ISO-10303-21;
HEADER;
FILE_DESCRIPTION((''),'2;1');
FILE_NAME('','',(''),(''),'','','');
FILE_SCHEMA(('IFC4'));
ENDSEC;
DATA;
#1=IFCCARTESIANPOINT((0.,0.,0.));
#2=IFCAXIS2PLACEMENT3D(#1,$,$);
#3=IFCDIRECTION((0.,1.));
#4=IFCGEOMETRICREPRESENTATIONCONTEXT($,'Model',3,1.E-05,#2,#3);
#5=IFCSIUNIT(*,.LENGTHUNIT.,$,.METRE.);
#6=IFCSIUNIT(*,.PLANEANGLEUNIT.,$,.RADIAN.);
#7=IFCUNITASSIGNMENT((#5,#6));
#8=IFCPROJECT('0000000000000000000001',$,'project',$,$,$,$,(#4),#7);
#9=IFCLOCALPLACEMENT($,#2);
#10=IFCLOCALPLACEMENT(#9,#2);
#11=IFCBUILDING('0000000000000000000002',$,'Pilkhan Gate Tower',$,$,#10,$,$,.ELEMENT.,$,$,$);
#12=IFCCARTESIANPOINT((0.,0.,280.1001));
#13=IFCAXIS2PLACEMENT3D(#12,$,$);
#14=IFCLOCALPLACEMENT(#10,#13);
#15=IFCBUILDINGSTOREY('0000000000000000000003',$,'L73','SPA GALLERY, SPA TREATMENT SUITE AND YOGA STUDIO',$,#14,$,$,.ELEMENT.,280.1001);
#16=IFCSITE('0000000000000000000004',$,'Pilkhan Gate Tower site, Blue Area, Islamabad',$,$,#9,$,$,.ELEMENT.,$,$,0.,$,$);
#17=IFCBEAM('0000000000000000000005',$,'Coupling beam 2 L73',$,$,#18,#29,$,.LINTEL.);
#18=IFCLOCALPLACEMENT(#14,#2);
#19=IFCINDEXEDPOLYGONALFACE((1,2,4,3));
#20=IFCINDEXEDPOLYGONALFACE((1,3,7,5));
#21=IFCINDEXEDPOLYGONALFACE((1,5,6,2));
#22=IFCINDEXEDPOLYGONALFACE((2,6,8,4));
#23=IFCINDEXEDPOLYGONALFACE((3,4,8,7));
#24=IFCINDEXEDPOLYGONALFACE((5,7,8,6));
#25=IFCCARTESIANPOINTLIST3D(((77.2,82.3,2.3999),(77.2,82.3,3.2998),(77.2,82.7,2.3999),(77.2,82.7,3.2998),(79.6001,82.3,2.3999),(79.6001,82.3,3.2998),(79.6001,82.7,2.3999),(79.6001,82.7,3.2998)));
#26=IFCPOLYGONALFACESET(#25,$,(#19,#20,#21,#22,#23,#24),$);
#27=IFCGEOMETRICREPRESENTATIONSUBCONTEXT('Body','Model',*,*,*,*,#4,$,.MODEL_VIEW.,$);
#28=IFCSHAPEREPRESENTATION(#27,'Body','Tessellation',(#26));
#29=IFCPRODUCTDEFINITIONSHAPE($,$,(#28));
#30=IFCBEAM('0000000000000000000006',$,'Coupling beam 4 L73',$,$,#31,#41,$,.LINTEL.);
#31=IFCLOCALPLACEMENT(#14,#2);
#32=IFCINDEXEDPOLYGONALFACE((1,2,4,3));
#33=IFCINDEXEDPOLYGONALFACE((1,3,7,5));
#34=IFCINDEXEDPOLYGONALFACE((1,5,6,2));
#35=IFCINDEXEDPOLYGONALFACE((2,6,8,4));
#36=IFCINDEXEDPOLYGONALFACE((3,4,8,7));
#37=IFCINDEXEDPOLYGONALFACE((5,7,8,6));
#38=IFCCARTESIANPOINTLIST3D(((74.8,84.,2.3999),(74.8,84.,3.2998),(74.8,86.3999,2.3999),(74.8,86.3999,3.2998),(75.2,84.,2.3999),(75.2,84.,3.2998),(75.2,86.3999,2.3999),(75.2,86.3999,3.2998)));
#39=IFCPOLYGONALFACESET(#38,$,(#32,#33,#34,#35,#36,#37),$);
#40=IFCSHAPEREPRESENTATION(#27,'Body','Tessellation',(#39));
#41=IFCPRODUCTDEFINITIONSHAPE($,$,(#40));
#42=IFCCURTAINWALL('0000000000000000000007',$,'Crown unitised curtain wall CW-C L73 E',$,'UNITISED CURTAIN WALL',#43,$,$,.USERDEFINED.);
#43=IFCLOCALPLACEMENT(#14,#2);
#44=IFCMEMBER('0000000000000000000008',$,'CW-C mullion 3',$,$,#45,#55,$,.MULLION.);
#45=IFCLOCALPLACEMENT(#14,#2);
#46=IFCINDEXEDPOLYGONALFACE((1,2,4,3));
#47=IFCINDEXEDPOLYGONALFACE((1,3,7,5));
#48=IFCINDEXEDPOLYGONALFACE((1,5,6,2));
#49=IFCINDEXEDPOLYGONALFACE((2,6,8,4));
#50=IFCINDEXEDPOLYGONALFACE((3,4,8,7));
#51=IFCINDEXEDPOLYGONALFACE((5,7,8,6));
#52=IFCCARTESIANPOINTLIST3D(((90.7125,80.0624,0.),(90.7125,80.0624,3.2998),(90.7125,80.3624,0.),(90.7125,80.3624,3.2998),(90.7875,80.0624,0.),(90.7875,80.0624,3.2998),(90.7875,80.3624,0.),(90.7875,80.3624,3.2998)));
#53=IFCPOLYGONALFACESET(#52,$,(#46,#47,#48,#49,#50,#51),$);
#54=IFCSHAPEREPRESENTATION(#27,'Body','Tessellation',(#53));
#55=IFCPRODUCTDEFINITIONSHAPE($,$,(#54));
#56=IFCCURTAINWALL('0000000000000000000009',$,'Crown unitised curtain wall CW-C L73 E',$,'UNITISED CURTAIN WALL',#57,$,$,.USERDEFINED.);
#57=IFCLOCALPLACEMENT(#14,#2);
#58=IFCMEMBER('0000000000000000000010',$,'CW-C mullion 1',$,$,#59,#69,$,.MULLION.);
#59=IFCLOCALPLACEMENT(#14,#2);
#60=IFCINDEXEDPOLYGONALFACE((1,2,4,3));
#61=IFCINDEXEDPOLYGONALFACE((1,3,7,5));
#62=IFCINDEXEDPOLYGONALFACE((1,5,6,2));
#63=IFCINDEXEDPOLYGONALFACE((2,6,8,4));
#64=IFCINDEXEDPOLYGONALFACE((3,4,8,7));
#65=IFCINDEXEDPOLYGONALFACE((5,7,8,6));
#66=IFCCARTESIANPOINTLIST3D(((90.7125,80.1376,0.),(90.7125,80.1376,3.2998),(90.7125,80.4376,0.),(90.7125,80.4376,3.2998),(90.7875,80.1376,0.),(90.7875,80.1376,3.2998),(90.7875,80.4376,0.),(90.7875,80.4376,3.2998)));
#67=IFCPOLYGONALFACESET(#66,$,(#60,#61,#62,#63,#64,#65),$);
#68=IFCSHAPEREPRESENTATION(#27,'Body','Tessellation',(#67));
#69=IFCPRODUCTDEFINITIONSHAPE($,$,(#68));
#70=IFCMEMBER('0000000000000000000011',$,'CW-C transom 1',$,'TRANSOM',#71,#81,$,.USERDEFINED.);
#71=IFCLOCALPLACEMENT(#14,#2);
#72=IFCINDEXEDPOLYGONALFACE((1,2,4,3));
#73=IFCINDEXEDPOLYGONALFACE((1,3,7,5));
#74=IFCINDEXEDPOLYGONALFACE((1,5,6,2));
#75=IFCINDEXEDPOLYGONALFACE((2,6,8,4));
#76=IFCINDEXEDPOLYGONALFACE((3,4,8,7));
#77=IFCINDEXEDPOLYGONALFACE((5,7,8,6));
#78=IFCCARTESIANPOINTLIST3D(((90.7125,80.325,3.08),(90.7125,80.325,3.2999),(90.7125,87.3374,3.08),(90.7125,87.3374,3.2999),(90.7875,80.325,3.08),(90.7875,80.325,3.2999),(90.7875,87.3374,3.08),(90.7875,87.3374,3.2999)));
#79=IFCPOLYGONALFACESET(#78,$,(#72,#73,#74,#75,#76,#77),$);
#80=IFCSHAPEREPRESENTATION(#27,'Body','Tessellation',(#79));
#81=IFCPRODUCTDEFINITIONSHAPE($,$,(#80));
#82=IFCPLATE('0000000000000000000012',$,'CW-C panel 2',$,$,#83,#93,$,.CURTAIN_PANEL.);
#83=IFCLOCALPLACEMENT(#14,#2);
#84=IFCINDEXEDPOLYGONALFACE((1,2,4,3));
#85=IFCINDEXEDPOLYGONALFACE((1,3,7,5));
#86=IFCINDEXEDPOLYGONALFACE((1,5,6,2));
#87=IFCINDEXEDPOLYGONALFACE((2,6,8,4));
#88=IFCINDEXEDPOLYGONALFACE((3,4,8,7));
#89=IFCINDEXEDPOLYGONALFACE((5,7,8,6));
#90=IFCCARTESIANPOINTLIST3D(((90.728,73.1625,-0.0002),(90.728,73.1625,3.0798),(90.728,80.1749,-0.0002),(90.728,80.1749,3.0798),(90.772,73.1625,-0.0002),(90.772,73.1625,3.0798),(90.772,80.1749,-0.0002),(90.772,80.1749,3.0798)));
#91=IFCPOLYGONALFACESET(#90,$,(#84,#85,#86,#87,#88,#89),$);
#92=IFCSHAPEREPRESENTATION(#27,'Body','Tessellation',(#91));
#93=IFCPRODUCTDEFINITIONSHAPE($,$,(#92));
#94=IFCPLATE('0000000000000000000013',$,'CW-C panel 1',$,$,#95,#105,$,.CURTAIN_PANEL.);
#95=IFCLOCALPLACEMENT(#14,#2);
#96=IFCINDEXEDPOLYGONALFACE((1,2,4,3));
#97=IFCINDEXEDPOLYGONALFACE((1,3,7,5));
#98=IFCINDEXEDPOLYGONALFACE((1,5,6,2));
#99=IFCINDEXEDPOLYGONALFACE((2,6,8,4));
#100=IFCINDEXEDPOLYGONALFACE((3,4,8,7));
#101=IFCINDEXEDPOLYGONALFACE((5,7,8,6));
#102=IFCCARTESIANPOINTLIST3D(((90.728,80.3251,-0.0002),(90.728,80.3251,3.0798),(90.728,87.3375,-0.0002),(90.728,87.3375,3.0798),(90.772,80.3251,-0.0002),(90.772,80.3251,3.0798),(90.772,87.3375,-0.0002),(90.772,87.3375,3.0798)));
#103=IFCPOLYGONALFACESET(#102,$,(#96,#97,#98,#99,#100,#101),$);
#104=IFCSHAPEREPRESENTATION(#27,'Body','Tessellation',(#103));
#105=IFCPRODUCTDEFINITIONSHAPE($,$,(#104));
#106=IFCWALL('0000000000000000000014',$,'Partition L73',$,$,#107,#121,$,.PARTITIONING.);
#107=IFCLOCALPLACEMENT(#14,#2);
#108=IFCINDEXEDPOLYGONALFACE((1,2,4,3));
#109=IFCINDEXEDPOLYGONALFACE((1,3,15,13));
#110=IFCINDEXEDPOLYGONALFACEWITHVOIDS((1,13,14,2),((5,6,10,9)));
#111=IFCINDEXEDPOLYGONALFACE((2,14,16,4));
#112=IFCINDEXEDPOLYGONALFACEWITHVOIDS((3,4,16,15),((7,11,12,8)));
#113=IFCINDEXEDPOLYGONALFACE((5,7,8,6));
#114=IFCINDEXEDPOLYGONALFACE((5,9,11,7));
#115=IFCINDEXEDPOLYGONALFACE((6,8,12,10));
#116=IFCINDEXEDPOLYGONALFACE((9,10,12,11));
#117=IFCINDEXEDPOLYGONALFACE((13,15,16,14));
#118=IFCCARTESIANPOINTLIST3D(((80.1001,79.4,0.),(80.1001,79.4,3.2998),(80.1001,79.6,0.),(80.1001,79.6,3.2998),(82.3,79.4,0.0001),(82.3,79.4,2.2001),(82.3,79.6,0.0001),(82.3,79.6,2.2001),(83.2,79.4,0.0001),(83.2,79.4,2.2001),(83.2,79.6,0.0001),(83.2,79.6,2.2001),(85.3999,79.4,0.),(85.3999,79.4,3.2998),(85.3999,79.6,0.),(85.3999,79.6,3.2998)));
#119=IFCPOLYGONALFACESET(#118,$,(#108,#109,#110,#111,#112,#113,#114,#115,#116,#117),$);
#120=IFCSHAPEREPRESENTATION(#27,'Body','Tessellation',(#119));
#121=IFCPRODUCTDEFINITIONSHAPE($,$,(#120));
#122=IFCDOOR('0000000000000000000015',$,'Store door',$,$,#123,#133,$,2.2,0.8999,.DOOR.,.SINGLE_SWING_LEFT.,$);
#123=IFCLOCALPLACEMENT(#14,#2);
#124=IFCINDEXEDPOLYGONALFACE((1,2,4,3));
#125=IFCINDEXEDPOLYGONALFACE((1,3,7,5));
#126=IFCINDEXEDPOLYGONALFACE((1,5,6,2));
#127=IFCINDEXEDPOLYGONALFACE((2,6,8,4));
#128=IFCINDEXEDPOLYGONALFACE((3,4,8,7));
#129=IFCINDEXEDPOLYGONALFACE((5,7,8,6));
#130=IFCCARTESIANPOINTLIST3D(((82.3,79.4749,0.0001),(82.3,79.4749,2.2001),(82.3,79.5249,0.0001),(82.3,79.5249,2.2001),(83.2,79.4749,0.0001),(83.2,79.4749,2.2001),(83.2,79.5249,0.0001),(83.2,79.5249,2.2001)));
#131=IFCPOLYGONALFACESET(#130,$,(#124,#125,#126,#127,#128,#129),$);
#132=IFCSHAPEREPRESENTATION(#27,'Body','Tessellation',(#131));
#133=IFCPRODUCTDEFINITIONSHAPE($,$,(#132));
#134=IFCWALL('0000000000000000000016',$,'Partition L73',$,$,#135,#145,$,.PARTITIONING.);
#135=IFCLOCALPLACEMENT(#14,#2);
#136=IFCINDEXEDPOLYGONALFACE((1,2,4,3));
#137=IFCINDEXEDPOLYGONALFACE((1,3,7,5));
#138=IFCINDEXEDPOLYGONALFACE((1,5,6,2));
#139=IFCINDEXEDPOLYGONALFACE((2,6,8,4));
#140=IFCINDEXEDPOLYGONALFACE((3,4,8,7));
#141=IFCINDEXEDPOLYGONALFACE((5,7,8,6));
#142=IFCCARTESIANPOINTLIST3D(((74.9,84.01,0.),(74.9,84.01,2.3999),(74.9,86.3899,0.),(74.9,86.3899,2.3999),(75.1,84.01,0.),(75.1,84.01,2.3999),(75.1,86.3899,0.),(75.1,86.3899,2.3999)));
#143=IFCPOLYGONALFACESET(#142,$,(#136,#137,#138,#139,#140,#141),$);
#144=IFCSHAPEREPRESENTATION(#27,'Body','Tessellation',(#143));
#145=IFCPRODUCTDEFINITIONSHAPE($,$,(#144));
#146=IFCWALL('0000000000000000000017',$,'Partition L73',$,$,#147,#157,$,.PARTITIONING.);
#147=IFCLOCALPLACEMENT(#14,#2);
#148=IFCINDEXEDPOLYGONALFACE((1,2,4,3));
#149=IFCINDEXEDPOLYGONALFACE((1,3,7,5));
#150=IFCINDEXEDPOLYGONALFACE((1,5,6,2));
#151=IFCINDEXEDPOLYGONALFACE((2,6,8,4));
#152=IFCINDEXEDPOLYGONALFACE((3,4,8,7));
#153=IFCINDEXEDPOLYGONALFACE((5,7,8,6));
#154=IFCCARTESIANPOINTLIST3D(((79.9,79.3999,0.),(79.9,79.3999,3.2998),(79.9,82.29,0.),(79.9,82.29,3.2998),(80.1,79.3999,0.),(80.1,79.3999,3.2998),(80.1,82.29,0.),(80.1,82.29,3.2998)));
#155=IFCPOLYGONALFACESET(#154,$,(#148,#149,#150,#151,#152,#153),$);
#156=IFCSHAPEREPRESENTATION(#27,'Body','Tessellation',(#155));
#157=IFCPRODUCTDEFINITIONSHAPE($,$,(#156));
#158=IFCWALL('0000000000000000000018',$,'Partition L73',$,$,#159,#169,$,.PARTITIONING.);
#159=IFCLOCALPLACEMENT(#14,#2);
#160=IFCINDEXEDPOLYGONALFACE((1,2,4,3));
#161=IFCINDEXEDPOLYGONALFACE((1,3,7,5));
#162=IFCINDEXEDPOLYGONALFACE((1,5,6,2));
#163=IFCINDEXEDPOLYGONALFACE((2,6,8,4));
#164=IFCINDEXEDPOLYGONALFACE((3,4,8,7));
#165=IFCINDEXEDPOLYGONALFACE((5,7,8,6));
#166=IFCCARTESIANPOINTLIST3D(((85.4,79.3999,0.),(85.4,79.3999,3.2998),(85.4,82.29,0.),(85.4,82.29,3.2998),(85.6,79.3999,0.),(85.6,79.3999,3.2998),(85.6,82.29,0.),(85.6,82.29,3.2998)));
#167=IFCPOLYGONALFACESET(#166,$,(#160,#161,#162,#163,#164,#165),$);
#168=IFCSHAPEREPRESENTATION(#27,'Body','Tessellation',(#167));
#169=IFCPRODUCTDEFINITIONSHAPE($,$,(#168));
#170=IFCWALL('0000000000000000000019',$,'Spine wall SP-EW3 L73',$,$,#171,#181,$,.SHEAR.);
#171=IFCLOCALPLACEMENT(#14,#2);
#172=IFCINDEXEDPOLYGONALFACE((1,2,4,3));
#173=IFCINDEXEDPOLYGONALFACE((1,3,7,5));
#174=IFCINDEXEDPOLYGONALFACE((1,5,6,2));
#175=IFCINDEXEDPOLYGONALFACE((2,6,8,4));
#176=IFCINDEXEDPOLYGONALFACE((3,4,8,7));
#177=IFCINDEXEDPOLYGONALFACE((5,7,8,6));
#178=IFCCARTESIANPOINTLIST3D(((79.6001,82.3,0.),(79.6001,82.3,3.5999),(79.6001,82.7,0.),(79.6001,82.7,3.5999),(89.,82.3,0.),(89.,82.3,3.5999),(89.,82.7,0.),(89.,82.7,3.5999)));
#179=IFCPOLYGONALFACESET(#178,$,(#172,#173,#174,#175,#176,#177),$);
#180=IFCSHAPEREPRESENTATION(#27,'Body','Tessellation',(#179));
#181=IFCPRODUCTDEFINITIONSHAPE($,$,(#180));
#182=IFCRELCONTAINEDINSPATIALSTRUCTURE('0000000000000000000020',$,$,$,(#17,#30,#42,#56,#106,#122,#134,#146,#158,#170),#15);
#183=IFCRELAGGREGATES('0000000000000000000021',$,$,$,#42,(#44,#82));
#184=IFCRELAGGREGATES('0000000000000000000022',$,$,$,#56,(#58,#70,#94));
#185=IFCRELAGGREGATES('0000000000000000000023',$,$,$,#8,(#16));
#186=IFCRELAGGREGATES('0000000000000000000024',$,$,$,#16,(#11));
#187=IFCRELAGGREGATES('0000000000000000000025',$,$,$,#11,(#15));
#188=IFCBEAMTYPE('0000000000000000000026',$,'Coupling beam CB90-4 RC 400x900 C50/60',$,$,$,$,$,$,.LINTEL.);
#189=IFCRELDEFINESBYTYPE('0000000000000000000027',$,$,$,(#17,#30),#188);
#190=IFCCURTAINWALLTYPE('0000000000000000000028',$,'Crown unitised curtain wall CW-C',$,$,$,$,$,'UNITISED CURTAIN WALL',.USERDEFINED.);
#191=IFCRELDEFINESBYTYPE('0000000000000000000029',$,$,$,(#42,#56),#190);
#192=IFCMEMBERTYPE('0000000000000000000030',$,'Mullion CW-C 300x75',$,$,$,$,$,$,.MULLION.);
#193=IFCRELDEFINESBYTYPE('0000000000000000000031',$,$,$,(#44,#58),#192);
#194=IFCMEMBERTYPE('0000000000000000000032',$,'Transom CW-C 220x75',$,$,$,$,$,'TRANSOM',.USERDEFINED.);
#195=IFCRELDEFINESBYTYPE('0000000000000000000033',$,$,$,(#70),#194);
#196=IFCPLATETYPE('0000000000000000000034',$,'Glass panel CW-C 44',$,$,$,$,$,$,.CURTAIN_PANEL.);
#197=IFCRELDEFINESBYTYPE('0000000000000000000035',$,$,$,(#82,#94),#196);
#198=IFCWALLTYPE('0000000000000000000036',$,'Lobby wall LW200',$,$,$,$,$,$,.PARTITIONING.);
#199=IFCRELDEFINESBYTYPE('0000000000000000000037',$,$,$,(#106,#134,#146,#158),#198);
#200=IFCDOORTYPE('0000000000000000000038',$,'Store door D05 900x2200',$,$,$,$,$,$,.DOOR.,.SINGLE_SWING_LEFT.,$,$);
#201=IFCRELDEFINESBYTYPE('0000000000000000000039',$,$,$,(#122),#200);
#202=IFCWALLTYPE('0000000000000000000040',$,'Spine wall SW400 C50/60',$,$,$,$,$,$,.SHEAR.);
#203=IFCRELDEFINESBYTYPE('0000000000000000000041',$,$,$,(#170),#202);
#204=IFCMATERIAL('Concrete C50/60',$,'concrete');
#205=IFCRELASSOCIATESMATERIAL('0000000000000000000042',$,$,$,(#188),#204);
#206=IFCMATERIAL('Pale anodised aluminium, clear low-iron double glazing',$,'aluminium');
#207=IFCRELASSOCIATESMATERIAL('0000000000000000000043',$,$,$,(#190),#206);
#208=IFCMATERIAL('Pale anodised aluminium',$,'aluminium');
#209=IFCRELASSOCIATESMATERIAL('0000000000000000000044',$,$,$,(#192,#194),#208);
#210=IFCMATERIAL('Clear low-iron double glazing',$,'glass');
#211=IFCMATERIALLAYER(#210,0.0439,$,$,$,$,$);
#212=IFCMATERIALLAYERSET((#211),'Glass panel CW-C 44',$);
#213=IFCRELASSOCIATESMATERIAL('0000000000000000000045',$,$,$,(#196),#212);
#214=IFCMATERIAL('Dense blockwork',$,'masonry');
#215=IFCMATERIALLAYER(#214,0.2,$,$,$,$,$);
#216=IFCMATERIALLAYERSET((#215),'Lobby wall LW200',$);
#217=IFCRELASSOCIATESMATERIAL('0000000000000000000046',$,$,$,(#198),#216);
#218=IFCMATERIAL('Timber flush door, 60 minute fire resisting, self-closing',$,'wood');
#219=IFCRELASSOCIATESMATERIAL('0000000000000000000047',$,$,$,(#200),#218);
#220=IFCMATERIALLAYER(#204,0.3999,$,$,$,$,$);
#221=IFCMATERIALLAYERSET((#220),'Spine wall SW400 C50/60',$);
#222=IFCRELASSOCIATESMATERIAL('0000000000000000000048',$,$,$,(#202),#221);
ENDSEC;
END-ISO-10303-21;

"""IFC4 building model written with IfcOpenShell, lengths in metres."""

from ifc_helpers import new_model, si_unit, direction, frame, frame_2d, origin, origin_2d, place, context, subcontext, project, spatial, rectangle, extrude, material, layer, layer_set, material_profile, profile_set, type_object, element, fill, aggregate, save


model = new_model("IFC4")

# Units and contexts
model_context = context("Model", 3, precision=1e-05, world=origin(), true_north=direction((0.0, 1.0)))
body_context = subcontext(model_context, "Body", "Model", "MODEL_VIEW")
ifc_project = project(units=[si_unit("LENGTHUNIT", "METRE"), si_unit("PLANEANGLEUNIT", "RADIAN")], contexts=[model_context])

# Site, building, storey
site_placement = place(None, origin())
site = spatial("IfcSite", under=ifc_project, at=site_placement, Name="Pilkhan Gate Tower site, Blue Area, Islamabad", CompositionType="ELEMENT", RefElevation=0.0)
building_placement = place(site_placement, origin())
building = spatial("IfcBuilding", under=site, at=building_placement, Name="Pilkhan Gate Tower", CompositionType="ELEMENT")
storey_placement = place(building_placement, frame((0.0, 0.0, 280.1001)))
storey = spatial("IfcBuildingStorey", under=building, at=storey_placement, Name="L73", Description="SPA GALLERY, SPA TREATMENT SUITE AND YOGA STUDIO", CompositionType="ELEMENT", Elevation=280.1001)

# Beams
ifc_material_1 = material(Name="Concrete C50/60", Category="concrete")
ifc_material_profile_1 = material_profile(ifc_material_1, rectangle(XDim=0.3999, YDim=0.8999, at=origin_2d()), Name="RC 400x900")
ifc_profile_set_1 = profile_set([ifc_material_profile_1], Name="Concrete C50/60")
beam_type = type_object("IfcBeamType", Name="Coupling beam CB90-4 RC 400x900 C50/60", PredefinedType="LINTEL", material=ifc_profile_set_1)
beam_1_placement = place(storey_placement, frame((77.2, 82.5, 2.8499), z_axis=(1.0, 0.0, 0.0), x_axis=(0.0, 1.0, 0.0)))
element("IfcBeam", 1, at=beam_1_placement, inside=storey, type_object=beam_type, Name="Coupling beam 2 L73", PredefinedType="LINTEL", context=body_context, shape_type="SweptSolid", body=[
    extrude(rectangle(XDim=0.3999, YDim=0.8999, at=origin_2d()), origin(), (0.0, 0.0, 1.0), 2.4001),
])
beam_2_placement = place(storey_placement, frame((75.0, 84.0, 2.8499), z_axis=(0.0, 1.0, 0.0), x_axis=(-1.0, 0.0, 0.0)))
element("IfcBeam", 2, at=beam_2_placement, inside=storey, type_object=beam_type, Name="Coupling beam 4 L73", PredefinedType="LINTEL", context=body_context, shape_type="SweptSolid", body=[
    extrude(rectangle(XDim=0.3999, YDim=0.8999, at=origin_2d()), origin(), (0.0, 0.0, 1.0), 2.3999),
])

# Curtain wall, member
ifc_material_2 = material(Name="Pale anodised aluminium, clear low-iron double glazing", Category="aluminium")
curtain_wall_type = type_object("IfcCurtainWallType", Name="Crown unitised curtain wall CW-C", ElementType="UNITISED CURTAIN WALL", PredefinedType="USERDEFINED", material=ifc_material_2)
curtain_wall_1_placement = place(storey_placement, origin())
curtain_wall_1 = element("IfcCurtainWall", 3, at=curtain_wall_1_placement, inside=storey, type_object=curtain_wall_type, Name="Crown unitised curtain wall CW-C L73 E", ObjectType="UNITISED CURTAIN WALL", PredefinedType="USERDEFINED")
ifc_material_3 = material(Name="Pale anodised aluminium", Category="aluminium")
ifc_material_profile_2 = material_profile(ifc_material_3, rectangle(XDim=0.075, YDim=0.3, at=origin_2d()), Name="Mullion 300x75")
ifc_profile_set_2 = profile_set([ifc_material_profile_2], Name="Pale anodised aluminium")
member_type_1 = type_object("IfcMemberType", Name="Mullion CW-C 300x75", PredefinedType="MULLION", material=ifc_profile_set_2)
member_1_placement = place(storey_placement, frame((90.75, 80.2124, 0.0), z_axis=(0.0, 0.0, 1.0), x_axis=(-1.0, 0.0, 0.0)))
member_1 = element("IfcMember", 4, at=member_1_placement, type_object=member_type_1, Name="CW-C mullion 3", PredefinedType="MULLION", context=body_context, shape_type="SweptSolid", body=[
    extrude(rectangle(XDim=0.075, YDim=0.3, at=origin_2d()), origin(), (0.0, 0.0, 1.0), 3.2998),
])

# Curtain wall, members
curtain_wall_2_placement = place(storey_placement, origin())
curtain_wall_2 = element("IfcCurtainWall", 5, at=curtain_wall_2_placement, inside=storey, type_object=curtain_wall_type, Name="Crown unitised curtain wall CW-C L73 E", ObjectType="UNITISED CURTAIN WALL", PredefinedType="USERDEFINED")
member_2_placement = place(storey_placement, frame((90.75, 80.2876, 0.0), z_axis=(0.0, 0.0, 1.0), x_axis=(-1.0, 0.0, 0.0)))
member_2 = element("IfcMember", 6, at=member_2_placement, type_object=member_type_1, Name="CW-C mullion 1", PredefinedType="MULLION", context=body_context, shape_type="SweptSolid", body=[
    extrude(rectangle(XDim=0.075, YDim=0.3, at=origin_2d()), origin(), (0.0, 0.0, 1.0), 3.2998),
])
ifc_material_profile_3 = material_profile(ifc_material_3, rectangle(XDim=0.075, YDim=0.22, at=origin_2d()), Name="Transom 220x75")
ifc_profile_set_3 = profile_set([ifc_material_profile_3], Name="Pale anodised aluminium")
member_type_2 = type_object("IfcMemberType", Name="Transom CW-C 220x75", ElementType="TRANSOM", PredefinedType="USERDEFINED", material=ifc_profile_set_3)
member_3_placement = place(storey_placement, frame((90.75, 80.325, 3.1899), z_axis=(0.0, 1.0, 0.0), x_axis=(-1.0, 0.0, 0.0)))
member_3 = element("IfcMember", 7, at=member_3_placement, type_object=member_type_2, Name="CW-C transom 1", ObjectType="TRANSOM", PredefinedType="USERDEFINED", context=body_context, shape_type="SweptSolid", body=[
    extrude(rectangle(XDim=0.075, YDim=0.22, at=origin_2d()), origin(), (0.0, 0.0, 1.0), 7.0125),
])

# Plates
ifc_material_4 = material(Name="Clear low-iron double glazing", Category="glass")
ifc_layer_1 = layer(ifc_material_4, 0.0439)
ifc_layer_set_1 = layer_set([ifc_layer_1], Name="Glass panel CW-C 44")
plate_type = type_object("IfcPlateType", Name="Glass panel CW-C 44", PredefinedType="CURTAIN_PANEL", material=ifc_layer_set_1)
plate_1_placement = place(storey_placement, frame((90.75, 76.6687, -0.0002), z_axis=(0.0, 0.0, 1.0), x_axis=(0.0, 1.0, 0.0)))
plate_1 = element("IfcPlate", 8, at=plate_1_placement, type_object=plate_type, Name="CW-C panel 2", PredefinedType="CURTAIN_PANEL", context=body_context, shape_type="SweptSolid", body=[
    extrude(rectangle(XDim=7.0125, YDim=0.0439, at=origin_2d()), origin(), (0.0, 0.0, 1.0), 3.0801),
])
aggregate(curtain_wall_1, [member_1, plate_1])
plate_2_placement = place(storey_placement, frame((90.75, 83.8313, -0.0002), z_axis=(0.0, 0.0, 1.0), x_axis=(0.0, 1.0, 0.0)))
plate_2 = element("IfcPlate", 9, at=plate_2_placement, type_object=plate_type, Name="CW-C panel 1", PredefinedType="CURTAIN_PANEL", context=body_context, shape_type="SweptSolid", body=[
    extrude(rectangle(XDim=7.0125, YDim=0.0439, at=origin_2d()), origin(), (0.0, 0.0, 1.0), 3.0801),
])
aggregate(curtain_wall_2, [member_2, member_3, plate_2])

# Wall, opening, door
ifc_material_5 = material(Name="Dense blockwork", Category="masonry")
ifc_layer_2 = layer(ifc_material_5, 0.2)
ifc_layer_set_2 = layer_set([ifc_layer_2], Name="Lobby wall LW200")
wall_type_1 = type_object("IfcWallType", Name="Lobby wall LW200", PredefinedType="PARTITIONING", material=ifc_layer_set_2)
wall_1_placement = place(storey_placement, frame((80.1001, 79.5, 0.0), z_axis=(0.0, 0.0, 1.0), x_axis=(1.0, 0.0, 0.0)))
wall_1 = element("IfcWall", 10, at=wall_1_placement, inside=storey, type_object=wall_type_1, Name="Partition L73", PredefinedType="PARTITIONING", context=body_context, shape_type="SweptSolid", body=[
    extrude(rectangle(XDim=5.2998, YDim=0.2, at=frame_2d((2.6499, 0.0))), origin(), (0.0, 0.0, 1.0), 3.2998),
])
opening_1_placement = place(wall_1_placement, frame((2.2, 0.0, 0.0)))
opening_1 = element("IfcOpeningElement", 11, at=opening_1_placement, cuts=wall_1, PredefinedType="OPENING", context=body_context, shape_type="SweptSolid", body=[
    extrude(rectangle(XDim=0.8999, YDim=2.2, at=frame_2d((0.45, 1.1001))), frame((0.0, 0.1099, 0.0), z_axis=(0.0, -1.0, 0.0), x_axis=(1.0, 0.0, 0.0)), (0.0, 0.0, 1.0), 0.22),
])
ifc_material_6 = material(Name="Timber flush door, 60 minute fire resisting, self-closing", Category="wood")
door_type_1 = type_object("IfcDoorType", Name="Store door D05 900x2200", OperationType="SINGLE_SWING_LEFT", PredefinedType="DOOR", material=ifc_material_6)
door_1_placement = place(opening_1_placement, origin())
door_1 = element("IfcDoor", 12, at=door_1_placement, inside=storey, type_object=door_type_1, Name="Store door", OperationType="SINGLE_SWING_LEFT", OverallHeight=2.2, OverallWidth=0.8999, PredefinedType="DOOR", context=body_context, shape_type="SweptSolid", body=[
    extrude(rectangle(XDim=0.8999, YDim=2.2, at=frame_2d((0.45, 1.1001))), frame((0.0, 0.0249, 0.0), z_axis=(0.0, -1.0, 0.0), x_axis=(1.0, 0.0, 0.0)), (0.0, 0.0, 1.0), 0.05),
])
fill(opening_1, door_1)

# Walls
wall_2_placement = place(storey_placement, frame((75.0, 84.01, 0.0), z_axis=(0.0, 0.0, 1.0), x_axis=(0.0, 1.0, 0.0)))
element("IfcWall", 13, at=wall_2_placement, inside=storey, type_object=wall_type_1, Name="Partition L73", PredefinedType="PARTITIONING", context=body_context, shape_type="SweptSolid", body=[
    extrude(rectangle(XDim=2.3799, YDim=0.2, at=frame_2d((1.1899, 0.0))), origin(), (0.0, 0.0, 1.0), 2.3999),
])
for number, where, z_axis, x_axis, name in (
    (14, (80.0, 79.3999, 0.0), (0.0, 0.0, 1.0), (0.0, 1.0, 0.0), "Partition L73"),
    (15, (85.5, 79.3999, 0.0), (0.0, 0.0, 1.0), (0.0, 1.0, 0.0), "Partition L73"),
):
    element("IfcWall", number, at=place(storey_placement, frame(where, z_axis=z_axis, x_axis=x_axis)), inside=storey, type_object=wall_type_1, Name=name, PredefinedType="PARTITIONING", context=body_context, shape_type="SweptSolid", body=[
        extrude(rectangle(XDim=2.8901, YDim=0.2, at=frame_2d((1.4451, 0.0))), origin(), (0.0, 0.0, 1.0), 3.2998),
    ])
ifc_layer_3 = layer(ifc_material_1, 0.3999)
ifc_layer_set_3 = layer_set([ifc_layer_3], Name="Spine wall SW400 C50/60")
wall_type_2 = type_object("IfcWallType", Name="Spine wall SW400 C50/60", PredefinedType="SHEAR", material=ifc_layer_set_3)
wall_3_placement = place(storey_placement, frame((79.6001, 82.5, 0.0), z_axis=(0.0, 0.0, 1.0), x_axis=(1.0, 0.0, 0.0)))
element("IfcWall", 16, at=wall_3_placement, inside=storey, type_object=wall_type_2, Name="Spine wall SP-EW3 L73", PredefinedType="SHEAR", context=body_context, shape_type="SweptSolid", body=[
    extrude(rectangle(XDim=9.3999, YDim=0.3999, at=frame_2d((4.7, 0.0))), origin(), (0.0, 0.0, 1.0), 3.5999),
])

save(model, "model.ifc")
